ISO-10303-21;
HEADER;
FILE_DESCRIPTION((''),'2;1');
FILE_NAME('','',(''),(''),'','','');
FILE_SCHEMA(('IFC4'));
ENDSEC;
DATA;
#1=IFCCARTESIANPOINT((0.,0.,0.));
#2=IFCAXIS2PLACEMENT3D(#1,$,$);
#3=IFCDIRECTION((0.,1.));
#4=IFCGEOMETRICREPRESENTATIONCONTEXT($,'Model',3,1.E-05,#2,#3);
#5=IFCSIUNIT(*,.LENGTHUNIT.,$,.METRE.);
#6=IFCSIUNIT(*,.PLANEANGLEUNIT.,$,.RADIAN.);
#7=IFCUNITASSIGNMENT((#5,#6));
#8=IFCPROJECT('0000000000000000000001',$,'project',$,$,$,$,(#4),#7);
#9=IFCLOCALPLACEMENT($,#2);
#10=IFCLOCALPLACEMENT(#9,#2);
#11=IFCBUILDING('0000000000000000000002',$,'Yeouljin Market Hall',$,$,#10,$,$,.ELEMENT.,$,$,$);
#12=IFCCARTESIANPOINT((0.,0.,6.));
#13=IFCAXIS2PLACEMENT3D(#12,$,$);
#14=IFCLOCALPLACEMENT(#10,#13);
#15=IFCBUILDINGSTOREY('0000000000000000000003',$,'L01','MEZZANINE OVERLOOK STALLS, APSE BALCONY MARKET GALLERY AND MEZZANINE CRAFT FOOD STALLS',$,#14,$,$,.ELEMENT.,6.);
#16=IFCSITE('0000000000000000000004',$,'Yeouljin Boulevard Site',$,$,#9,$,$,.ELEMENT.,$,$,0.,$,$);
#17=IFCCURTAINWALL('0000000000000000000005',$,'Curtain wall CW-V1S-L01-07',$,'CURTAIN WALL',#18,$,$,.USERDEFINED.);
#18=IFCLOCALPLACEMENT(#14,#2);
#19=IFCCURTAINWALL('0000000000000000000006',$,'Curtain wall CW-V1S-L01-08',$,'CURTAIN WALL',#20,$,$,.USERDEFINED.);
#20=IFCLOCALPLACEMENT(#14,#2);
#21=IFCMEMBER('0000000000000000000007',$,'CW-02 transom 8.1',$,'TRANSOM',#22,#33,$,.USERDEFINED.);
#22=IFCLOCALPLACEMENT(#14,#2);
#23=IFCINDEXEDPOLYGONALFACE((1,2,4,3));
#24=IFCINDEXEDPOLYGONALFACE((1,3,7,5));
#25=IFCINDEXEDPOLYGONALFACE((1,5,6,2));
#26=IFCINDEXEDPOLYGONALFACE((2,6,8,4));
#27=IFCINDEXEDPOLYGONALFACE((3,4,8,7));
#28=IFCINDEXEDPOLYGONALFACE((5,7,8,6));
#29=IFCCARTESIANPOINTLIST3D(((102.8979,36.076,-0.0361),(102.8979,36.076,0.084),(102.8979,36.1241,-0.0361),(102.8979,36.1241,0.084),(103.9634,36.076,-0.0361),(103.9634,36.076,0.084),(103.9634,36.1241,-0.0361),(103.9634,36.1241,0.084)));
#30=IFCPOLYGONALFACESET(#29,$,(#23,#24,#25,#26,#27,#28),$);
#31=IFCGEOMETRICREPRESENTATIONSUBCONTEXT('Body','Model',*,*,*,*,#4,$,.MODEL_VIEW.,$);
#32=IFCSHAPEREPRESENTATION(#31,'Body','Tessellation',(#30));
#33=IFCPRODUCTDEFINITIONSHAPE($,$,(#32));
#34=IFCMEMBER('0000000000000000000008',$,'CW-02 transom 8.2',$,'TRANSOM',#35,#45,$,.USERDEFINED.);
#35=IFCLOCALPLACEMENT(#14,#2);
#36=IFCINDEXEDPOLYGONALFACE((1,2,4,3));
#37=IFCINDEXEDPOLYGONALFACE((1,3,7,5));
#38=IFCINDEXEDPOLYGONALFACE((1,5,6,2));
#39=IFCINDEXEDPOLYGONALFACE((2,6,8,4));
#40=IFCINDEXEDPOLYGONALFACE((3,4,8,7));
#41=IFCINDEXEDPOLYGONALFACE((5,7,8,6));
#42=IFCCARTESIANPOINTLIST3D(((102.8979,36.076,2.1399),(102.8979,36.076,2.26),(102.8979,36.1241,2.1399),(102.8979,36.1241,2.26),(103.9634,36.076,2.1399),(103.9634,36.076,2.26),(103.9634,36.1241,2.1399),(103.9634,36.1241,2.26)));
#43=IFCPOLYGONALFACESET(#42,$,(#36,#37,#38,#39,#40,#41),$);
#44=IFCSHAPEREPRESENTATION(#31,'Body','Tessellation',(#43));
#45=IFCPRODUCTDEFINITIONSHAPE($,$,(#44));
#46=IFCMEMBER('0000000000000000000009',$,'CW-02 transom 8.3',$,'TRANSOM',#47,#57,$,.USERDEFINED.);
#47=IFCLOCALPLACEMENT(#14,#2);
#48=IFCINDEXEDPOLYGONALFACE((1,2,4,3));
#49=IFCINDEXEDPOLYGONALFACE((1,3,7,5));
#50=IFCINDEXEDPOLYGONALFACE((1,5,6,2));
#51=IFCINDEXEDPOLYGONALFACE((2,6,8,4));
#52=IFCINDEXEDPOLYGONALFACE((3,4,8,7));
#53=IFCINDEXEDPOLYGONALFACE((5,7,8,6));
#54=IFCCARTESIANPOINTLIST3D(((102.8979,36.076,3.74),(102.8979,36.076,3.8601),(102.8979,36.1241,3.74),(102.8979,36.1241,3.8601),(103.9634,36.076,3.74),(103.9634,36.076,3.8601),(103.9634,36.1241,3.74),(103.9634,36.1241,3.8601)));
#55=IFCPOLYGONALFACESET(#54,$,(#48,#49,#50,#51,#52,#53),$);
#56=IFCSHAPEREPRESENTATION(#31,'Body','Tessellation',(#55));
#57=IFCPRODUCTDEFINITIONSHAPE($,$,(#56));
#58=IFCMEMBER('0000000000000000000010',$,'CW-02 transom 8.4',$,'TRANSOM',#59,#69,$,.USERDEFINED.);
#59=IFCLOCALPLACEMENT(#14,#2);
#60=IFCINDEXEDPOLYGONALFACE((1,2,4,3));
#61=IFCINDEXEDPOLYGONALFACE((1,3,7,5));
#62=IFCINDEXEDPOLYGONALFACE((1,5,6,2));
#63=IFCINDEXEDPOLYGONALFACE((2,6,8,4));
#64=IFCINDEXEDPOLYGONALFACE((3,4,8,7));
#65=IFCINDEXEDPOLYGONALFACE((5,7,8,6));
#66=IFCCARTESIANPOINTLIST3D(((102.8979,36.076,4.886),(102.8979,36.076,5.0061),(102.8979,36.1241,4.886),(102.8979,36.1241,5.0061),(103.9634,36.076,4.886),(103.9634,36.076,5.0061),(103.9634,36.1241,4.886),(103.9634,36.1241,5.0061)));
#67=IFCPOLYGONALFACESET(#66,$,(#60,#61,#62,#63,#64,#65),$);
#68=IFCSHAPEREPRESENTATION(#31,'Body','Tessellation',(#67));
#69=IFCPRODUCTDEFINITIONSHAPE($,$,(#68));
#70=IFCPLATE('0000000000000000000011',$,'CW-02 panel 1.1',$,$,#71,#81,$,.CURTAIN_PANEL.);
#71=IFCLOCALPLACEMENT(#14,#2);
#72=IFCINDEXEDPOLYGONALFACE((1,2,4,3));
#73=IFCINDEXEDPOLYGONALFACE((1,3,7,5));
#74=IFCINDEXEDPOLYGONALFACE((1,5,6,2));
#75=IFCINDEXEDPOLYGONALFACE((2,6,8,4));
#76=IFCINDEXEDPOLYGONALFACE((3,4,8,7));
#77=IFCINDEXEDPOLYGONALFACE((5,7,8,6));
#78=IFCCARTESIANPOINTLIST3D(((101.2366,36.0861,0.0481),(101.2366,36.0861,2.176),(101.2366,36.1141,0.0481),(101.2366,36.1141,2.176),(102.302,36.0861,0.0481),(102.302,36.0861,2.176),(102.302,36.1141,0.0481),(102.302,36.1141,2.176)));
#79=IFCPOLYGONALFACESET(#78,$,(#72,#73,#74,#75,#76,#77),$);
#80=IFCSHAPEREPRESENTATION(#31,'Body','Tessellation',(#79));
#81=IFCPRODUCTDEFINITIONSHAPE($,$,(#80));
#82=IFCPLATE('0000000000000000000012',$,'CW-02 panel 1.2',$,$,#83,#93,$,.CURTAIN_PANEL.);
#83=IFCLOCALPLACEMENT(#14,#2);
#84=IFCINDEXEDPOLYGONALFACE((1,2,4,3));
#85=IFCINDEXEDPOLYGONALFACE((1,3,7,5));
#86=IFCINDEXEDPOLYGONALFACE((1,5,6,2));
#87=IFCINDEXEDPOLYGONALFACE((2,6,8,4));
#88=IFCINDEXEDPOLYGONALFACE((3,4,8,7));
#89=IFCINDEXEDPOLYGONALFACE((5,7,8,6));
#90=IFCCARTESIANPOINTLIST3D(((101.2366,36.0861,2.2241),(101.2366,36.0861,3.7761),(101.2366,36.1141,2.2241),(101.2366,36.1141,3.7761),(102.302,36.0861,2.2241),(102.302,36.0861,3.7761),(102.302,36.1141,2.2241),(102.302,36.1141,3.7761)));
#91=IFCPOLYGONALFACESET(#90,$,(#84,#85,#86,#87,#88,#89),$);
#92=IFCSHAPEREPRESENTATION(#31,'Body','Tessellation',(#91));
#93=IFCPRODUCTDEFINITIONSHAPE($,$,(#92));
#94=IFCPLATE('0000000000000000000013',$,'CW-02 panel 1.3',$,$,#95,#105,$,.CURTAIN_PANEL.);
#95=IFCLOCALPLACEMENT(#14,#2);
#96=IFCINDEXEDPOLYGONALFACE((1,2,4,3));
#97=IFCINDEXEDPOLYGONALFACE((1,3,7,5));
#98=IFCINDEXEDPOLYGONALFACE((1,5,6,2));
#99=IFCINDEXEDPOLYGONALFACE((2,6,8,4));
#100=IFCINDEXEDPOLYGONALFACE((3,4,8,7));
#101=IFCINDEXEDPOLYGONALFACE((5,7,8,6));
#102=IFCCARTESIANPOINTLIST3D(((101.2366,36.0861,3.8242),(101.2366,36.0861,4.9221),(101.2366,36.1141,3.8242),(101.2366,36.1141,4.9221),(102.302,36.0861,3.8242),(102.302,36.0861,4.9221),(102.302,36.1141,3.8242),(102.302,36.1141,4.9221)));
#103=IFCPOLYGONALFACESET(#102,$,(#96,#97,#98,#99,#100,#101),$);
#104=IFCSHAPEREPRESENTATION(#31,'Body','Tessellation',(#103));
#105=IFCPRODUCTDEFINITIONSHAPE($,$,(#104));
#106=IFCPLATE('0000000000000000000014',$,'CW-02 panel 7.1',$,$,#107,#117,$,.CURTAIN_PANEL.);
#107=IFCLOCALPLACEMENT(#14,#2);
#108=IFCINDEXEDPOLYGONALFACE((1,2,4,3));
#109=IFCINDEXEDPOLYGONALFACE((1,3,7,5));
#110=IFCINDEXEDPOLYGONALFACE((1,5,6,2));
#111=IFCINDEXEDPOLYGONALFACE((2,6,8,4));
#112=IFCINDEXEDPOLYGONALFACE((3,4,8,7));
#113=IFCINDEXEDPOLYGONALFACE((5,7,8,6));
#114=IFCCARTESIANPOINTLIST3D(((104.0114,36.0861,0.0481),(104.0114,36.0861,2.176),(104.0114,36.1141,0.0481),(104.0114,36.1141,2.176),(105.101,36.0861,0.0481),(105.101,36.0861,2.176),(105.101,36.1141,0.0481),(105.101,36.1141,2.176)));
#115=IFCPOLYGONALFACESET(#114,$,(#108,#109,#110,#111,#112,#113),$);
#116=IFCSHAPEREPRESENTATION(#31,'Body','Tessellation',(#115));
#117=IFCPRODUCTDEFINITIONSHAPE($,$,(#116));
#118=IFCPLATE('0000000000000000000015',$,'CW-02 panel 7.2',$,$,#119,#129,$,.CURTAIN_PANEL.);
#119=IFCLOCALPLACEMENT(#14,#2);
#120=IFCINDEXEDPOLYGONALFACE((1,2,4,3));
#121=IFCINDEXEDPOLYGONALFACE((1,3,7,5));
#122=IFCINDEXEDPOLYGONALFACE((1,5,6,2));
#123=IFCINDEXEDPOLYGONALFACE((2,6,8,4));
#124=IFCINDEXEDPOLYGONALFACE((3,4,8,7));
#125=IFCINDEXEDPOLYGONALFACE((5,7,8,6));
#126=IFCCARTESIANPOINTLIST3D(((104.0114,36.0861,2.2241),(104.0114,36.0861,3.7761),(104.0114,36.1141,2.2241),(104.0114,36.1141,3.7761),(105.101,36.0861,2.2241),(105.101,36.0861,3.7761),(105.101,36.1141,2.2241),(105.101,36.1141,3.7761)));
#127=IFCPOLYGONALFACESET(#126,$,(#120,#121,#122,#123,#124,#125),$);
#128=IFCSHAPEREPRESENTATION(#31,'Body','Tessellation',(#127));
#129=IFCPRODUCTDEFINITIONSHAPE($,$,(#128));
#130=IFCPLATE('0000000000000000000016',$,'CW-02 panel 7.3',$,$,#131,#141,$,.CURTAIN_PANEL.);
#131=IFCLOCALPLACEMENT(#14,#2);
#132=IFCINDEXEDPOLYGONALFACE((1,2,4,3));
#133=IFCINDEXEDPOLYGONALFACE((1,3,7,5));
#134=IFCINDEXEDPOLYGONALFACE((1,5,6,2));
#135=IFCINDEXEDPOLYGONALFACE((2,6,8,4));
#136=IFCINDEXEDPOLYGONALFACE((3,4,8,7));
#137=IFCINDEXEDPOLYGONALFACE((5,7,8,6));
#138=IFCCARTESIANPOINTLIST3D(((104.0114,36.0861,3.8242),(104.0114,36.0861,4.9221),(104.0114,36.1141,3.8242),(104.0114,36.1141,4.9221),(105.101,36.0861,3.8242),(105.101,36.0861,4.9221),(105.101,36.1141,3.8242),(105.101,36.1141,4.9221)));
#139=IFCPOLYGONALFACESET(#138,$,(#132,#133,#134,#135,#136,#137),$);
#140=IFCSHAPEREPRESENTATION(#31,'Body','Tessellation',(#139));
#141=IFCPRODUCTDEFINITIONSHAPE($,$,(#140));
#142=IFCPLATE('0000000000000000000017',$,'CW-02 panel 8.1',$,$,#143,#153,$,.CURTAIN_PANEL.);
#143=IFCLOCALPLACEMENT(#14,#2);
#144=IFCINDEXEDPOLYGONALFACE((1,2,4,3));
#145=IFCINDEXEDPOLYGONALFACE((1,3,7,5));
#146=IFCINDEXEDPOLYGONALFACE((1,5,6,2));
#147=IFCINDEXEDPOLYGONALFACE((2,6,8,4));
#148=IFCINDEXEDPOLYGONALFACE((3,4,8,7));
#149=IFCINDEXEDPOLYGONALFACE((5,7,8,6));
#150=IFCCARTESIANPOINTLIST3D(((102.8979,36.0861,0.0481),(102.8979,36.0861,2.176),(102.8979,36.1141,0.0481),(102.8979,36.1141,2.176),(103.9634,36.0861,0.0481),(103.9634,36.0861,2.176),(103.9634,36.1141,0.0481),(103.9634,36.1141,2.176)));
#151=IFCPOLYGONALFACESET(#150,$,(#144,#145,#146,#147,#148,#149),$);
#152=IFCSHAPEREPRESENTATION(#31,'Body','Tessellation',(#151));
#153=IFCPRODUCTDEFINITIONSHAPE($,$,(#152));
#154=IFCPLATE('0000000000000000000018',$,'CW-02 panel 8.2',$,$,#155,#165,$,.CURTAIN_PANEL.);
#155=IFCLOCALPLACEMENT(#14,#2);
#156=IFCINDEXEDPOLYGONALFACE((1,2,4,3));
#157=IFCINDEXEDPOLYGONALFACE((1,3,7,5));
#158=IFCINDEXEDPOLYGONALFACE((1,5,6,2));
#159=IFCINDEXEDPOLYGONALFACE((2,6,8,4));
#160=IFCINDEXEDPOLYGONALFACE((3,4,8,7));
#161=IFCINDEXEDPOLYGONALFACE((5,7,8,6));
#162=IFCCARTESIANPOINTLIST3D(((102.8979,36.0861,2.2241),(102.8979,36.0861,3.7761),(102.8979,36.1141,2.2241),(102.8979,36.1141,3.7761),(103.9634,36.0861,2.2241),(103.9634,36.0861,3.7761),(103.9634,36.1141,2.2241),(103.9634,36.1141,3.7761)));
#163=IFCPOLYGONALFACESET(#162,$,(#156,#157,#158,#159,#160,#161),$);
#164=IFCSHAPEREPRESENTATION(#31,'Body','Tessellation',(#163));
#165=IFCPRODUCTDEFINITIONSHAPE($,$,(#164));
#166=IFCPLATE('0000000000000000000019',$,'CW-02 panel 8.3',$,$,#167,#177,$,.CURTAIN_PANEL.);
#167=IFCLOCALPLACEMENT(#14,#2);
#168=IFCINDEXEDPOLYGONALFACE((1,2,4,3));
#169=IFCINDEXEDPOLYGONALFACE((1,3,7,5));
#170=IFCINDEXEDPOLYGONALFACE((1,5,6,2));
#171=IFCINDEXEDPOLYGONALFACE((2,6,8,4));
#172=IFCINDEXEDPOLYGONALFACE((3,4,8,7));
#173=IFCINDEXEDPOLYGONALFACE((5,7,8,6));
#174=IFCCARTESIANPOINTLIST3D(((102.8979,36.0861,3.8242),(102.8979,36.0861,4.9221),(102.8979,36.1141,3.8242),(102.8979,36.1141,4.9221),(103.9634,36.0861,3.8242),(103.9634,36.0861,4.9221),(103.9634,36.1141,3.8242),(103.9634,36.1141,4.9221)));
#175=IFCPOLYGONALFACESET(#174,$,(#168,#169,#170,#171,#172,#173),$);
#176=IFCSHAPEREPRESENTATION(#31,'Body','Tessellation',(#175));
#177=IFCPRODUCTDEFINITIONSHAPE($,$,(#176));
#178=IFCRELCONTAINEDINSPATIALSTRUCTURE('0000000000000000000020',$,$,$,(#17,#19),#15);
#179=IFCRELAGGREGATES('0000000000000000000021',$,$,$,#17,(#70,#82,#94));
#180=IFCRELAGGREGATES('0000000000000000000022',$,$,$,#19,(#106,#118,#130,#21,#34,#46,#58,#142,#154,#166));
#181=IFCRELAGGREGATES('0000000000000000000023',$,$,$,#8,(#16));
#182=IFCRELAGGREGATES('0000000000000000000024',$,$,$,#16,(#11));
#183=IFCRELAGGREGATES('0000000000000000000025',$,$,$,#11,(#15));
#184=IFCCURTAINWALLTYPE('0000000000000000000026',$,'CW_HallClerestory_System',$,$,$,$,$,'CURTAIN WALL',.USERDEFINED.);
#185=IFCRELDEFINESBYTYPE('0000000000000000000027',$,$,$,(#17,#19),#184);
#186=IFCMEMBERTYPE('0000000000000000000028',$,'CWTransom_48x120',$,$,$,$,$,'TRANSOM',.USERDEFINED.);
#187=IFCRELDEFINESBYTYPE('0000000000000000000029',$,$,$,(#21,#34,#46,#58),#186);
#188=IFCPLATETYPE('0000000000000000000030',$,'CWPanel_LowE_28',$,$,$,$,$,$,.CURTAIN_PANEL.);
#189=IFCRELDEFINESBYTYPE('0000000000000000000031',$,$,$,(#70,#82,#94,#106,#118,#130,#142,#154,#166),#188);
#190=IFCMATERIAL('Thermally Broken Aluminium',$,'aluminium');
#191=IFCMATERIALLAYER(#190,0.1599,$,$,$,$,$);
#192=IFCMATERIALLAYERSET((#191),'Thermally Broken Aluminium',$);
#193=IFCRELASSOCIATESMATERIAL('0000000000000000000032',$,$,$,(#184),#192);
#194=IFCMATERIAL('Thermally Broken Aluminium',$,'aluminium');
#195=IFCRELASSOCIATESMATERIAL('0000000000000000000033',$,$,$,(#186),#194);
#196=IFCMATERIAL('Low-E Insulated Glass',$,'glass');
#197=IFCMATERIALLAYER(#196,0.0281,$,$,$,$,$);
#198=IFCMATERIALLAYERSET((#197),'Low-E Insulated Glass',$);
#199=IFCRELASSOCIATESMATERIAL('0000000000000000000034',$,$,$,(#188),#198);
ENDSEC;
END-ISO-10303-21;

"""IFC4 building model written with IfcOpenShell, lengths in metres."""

from ifc_helpers import new_model, si_unit, direction, frame, origin, origin_2d, place, context, subcontext, project, spatial, rectangle, extrude, material, layer, layer_set, material_profile, profile_set, type_object, element, aggregate, save


model = new_model("IFC4")

# Units and contexts
model_context = context("Model", 3, precision=1e-05, world=origin(), true_north=direction((0.0, 1.0)))
body_context = subcontext(model_context, "Body", "Model", "MODEL_VIEW")
ifc_project = project(units=[si_unit("LENGTHUNIT", "METRE"), si_unit("PLANEANGLEUNIT", "RADIAN")], contexts=[model_context])

# Site, building, storey
site_placement = place(None, origin())
site = spatial("IfcSite", under=ifc_project, at=site_placement, Name="Yeouljin Boulevard Site", CompositionType="ELEMENT", RefElevation=0.0)
building_placement = place(site_placement, origin())
building = spatial("IfcBuilding", under=site, at=building_placement, Name="Yeouljin Market Hall", CompositionType="ELEMENT")
storey_placement = place(building_placement, frame((0.0, 0.0, 6.0)))
storey = spatial("IfcBuildingStorey", under=building, at=storey_placement, Name="L01", Description="MEZZANINE OVERLOOK STALLS, APSE BALCONY MARKET GALLERY AND MEZZANINE CRAFT FOOD STALLS", CompositionType="ELEMENT", Elevation=6.0)

# Curtain walls
ifc_material_1 = material(Name="Thermally Broken Aluminium", Category="aluminium")
ifc_layer_1 = layer(ifc_material_1, 0.1599)
ifc_layer_set_1 = layer_set([ifc_layer_1], Name="Thermally Broken Aluminium")
curtain_wall_type = type_object("IfcCurtainWallType", Name="CW_HallClerestory_System", ElementType="CURTAIN WALL", PredefinedType="USERDEFINED", material=ifc_layer_set_1)
curtain_wall_1_placement = place(storey_placement, origin())
curtain_wall_1 = element("IfcCurtainWall", 1, at=curtain_wall_1_placement, inside=storey, type_object=curtain_wall_type, Name="Curtain wall CW-V1S-L01-07", ObjectType="CURTAIN WALL", PredefinedType="USERDEFINED")
curtain_wall_2_placement = place(storey_placement, origin())
curtain_wall_2 = element("IfcCurtainWall", 2, at=curtain_wall_2_placement, inside=storey, type_object=curtain_wall_type, Name="Curtain wall CW-V1S-L01-08", ObjectType="CURTAIN WALL", PredefinedType="USERDEFINED")

# Members
ifc_material_2 = material(Name="Thermally Broken Aluminium", Category="aluminium")
ifc_material_profile_1 = material_profile(ifc_material_2, rectangle(XDim=0.0481, YDim=0.1201, at=origin_2d()), Name="CW-TRAN-48x120")
ifc_profile_set_1 = profile_set([ifc_material_profile_1], Name="Thermally Broken Aluminium")
member_type_1 = type_object("IfcMemberType", Name="CWTransom_48x120", ElementType="TRANSOM", PredefinedType="USERDEFINED", material=ifc_profile_set_1)
member_1_placement = place(storey_placement, frame((103.9634, 36.1001, 0.0239), z_axis=(-1.0, 0.0, 0.0), x_axis=(0.0, -1.0, 0.0)))
member_1 = element("IfcMember", 3, at=member_1_placement, type_object=member_type_1, Name="CW-02 transom 8.1", ObjectType="TRANSOM", PredefinedType="USERDEFINED", context=body_context, shape_type="SweptSolid", body=[
    extrude(rectangle(XDim=0.0481, YDim=0.1201, at=origin_2d()), origin(), (0.0, 0.0, 1.0), 1.0654),
])
member_2_placement = place(storey_placement, frame((103.9634, 36.1001, 2.2), z_axis=(-1.0, 0.0, 0.0), x_axis=(0.0, -1.0, 0.0)))
member_2 = element("IfcMember", 4, at=member_2_placement, type_object=member_type_1, Name="CW-02 transom 8.2", ObjectType="TRANSOM", PredefinedType="USERDEFINED", context=body_context, shape_type="SweptSolid", body=[
    extrude(rectangle(XDim=0.0481, YDim=0.1201, at=origin_2d()), origin(), (0.0, 0.0, 1.0), 1.0654),
])
member_3_placement = place(storey_placement, frame((103.9634, 36.1001, 3.8), z_axis=(-1.0, 0.0, 0.0), x_axis=(0.0, -1.0, 0.0)))
member_3 = element("IfcMember", 5, at=member_3_placement, type_object=member_type_1, Name="CW-02 transom 8.3", ObjectType="TRANSOM", PredefinedType="USERDEFINED", context=body_context, shape_type="SweptSolid", body=[
    extrude(rectangle(XDim=0.0481, YDim=0.1201, at=origin_2d()), origin(), (0.0, 0.0, 1.0), 1.0654),
])
member_4_placement = place(storey_placement, frame((103.9634, 36.1001, 4.946), z_axis=(-1.0, 0.0, 0.0), x_axis=(0.0, -1.0, 0.0)))
member_4 = element("IfcMember", 6, at=member_4_placement, type_object=member_type_1, Name="CW-02 transom 8.4", ObjectType="TRANSOM", PredefinedType="USERDEFINED", context=body_context, shape_type="SweptSolid", body=[
    extrude(rectangle(XDim=0.0481, YDim=0.1201, at=origin_2d()), origin(), (0.0, 0.0, 1.0), 1.0654),
])

# Plates
ifc_material_3 = material(Name="Low-E Insulated Glass", Category="glass")
ifc_layer_2 = layer(ifc_material_3, 0.0281)
ifc_layer_set_2 = layer_set([ifc_layer_2], Name="Low-E Insulated Glass")
plate_type = type_object("IfcPlateType", Name="CWPanel_LowE_28", PredefinedType="CURTAIN_PANEL", material=ifc_layer_set_2)
plate_1_placement = place(storey_placement, frame((101.7693, 36.1001, 0.0481), z_axis=(0.0, 0.0, 1.0), x_axis=(-1.0, 0.0, 0.0)))
plate_1 = element("IfcPlate", 7, at=plate_1_placement, type_object=plate_type, Name="CW-02 panel 1.1", PredefinedType="CURTAIN_PANEL", context=body_context, shape_type="SweptSolid", body=[
    extrude(rectangle(XDim=1.0654, YDim=0.0281, at=origin_2d()), origin(), (0.0, 0.0, 1.0), 2.1279),
])
plate_2_placement = place(storey_placement, frame((101.7693, 36.1001, 2.2241), z_axis=(0.0, 0.0, 1.0), x_axis=(-1.0, 0.0, 0.0)))
plate_2 = element("IfcPlate", 8, at=plate_2_placement, type_object=plate_type, Name="CW-02 panel 1.2", PredefinedType="CURTAIN_PANEL", context=body_context, shape_type="SweptSolid", body=[
    extrude(rectangle(XDim=1.0654, YDim=0.0281, at=origin_2d()), origin(), (0.0, 0.0, 1.0), 1.552),
])
plate_3_placement = place(storey_placement, frame((101.7693, 36.1001, 3.8242), z_axis=(0.0, 0.0, 1.0), x_axis=(-1.0, 0.0, 0.0)))
plate_3 = element("IfcPlate", 9, at=plate_3_placement, type_object=plate_type, Name="CW-02 panel 1.3", PredefinedType="CURTAIN_PANEL", context=body_context, shape_type="SweptSolid", body=[
    extrude(rectangle(XDim=1.0654, YDim=0.0281, at=origin_2d()), origin(), (0.0, 0.0, 1.0), 1.0979),
])
aggregate(curtain_wall_1, [plate_1, plate_2, plate_3])
plate_4_placement = place(storey_placement, frame((104.5562, 36.1001, 0.0481), z_axis=(0.0, 0.0, 1.0), x_axis=(-1.0, 0.0, 0.0)))
plate_4 = element("IfcPlate", 10, at=plate_4_placement, type_object=plate_type, Name="CW-02 panel 7.1", PredefinedType="CURTAIN_PANEL", context=body_context, shape_type="SweptSolid", body=[
    extrude(rectangle(XDim=1.0896, YDim=0.0281, at=origin_2d()), origin(), (0.0, 0.0, 1.0), 2.1279),
])
plate_5_placement = place(storey_placement, frame((104.5562, 36.1001, 2.2241), z_axis=(0.0, 0.0, 1.0), x_axis=(-1.0, 0.0, 0.0)))
plate_5 = element("IfcPlate", 11, at=plate_5_placement, type_object=plate_type, Name="CW-02 panel 7.2", PredefinedType="CURTAIN_PANEL", context=body_context, shape_type="SweptSolid", body=[
    extrude(rectangle(XDim=1.0896, YDim=0.0281, at=origin_2d()), origin(), (0.0, 0.0, 1.0), 1.552),
])
plate_6_placement = place(storey_placement, frame((104.5562, 36.1001, 3.8242), z_axis=(0.0, 0.0, 1.0), x_axis=(-1.0, 0.0, 0.0)))
plate_6 = element("IfcPlate", 12, at=plate_6_placement, type_object=plate_type, Name="CW-02 panel 7.3", PredefinedType="CURTAIN_PANEL", context=body_context, shape_type="SweptSolid", body=[
    extrude(rectangle(XDim=1.0896, YDim=0.0281, at=origin_2d()), origin(), (0.0, 0.0, 1.0), 1.0979),
])
plate_7_placement = place(storey_placement, frame((103.4307, 36.1001, 0.0481), z_axis=(0.0, 0.0, 1.0), x_axis=(-1.0, 0.0, 0.0)))
plate_7 = element("IfcPlate", 13, at=plate_7_placement, type_object=plate_type, Name="CW-02 panel 8.1", PredefinedType="CURTAIN_PANEL", context=body_context, shape_type="SweptSolid", body=[
    extrude(rectangle(XDim=1.0654, YDim=0.0281, at=origin_2d()), origin(), (0.0, 0.0, 1.0), 2.1279),
])
plate_8_placement = place(storey_placement, frame((103.4307, 36.1001, 2.2241), z_axis=(0.0, 0.0, 1.0), x_axis=(-1.0, 0.0, 0.0)))
plate_8 = element("IfcPlate", 14, at=plate_8_placement, type_object=plate_type, Name="CW-02 panel 8.2", PredefinedType="CURTAIN_PANEL", context=body_context, shape_type="SweptSolid", body=[
    extrude(rectangle(XDim=1.0654, YDim=0.0281, at=origin_2d()), origin(), (0.0, 0.0, 1.0), 1.552),
])
plate_9_placement = place(storey_placement, frame((103.4307, 36.1001, 3.8242), z_axis=(0.0, 0.0, 1.0), x_axis=(-1.0, 0.0, 0.0)))
plate_9 = element("IfcPlate", 15, at=plate_9_placement, type_object=plate_type, Name="CW-02 panel 8.3", PredefinedType="CURTAIN_PANEL", context=body_context, shape_type="SweptSolid", body=[
    extrude(rectangle(XDim=1.0654, YDim=0.0281, at=origin_2d()), origin(), (0.0, 0.0, 1.0), 1.0979),
])
aggregate(curtain_wall_2, [plate_4, plate_5, plate_6, member_1, member_2, member_3, member_4, plate_7, plate_8, plate_9])

save(model, "model.ifc")
